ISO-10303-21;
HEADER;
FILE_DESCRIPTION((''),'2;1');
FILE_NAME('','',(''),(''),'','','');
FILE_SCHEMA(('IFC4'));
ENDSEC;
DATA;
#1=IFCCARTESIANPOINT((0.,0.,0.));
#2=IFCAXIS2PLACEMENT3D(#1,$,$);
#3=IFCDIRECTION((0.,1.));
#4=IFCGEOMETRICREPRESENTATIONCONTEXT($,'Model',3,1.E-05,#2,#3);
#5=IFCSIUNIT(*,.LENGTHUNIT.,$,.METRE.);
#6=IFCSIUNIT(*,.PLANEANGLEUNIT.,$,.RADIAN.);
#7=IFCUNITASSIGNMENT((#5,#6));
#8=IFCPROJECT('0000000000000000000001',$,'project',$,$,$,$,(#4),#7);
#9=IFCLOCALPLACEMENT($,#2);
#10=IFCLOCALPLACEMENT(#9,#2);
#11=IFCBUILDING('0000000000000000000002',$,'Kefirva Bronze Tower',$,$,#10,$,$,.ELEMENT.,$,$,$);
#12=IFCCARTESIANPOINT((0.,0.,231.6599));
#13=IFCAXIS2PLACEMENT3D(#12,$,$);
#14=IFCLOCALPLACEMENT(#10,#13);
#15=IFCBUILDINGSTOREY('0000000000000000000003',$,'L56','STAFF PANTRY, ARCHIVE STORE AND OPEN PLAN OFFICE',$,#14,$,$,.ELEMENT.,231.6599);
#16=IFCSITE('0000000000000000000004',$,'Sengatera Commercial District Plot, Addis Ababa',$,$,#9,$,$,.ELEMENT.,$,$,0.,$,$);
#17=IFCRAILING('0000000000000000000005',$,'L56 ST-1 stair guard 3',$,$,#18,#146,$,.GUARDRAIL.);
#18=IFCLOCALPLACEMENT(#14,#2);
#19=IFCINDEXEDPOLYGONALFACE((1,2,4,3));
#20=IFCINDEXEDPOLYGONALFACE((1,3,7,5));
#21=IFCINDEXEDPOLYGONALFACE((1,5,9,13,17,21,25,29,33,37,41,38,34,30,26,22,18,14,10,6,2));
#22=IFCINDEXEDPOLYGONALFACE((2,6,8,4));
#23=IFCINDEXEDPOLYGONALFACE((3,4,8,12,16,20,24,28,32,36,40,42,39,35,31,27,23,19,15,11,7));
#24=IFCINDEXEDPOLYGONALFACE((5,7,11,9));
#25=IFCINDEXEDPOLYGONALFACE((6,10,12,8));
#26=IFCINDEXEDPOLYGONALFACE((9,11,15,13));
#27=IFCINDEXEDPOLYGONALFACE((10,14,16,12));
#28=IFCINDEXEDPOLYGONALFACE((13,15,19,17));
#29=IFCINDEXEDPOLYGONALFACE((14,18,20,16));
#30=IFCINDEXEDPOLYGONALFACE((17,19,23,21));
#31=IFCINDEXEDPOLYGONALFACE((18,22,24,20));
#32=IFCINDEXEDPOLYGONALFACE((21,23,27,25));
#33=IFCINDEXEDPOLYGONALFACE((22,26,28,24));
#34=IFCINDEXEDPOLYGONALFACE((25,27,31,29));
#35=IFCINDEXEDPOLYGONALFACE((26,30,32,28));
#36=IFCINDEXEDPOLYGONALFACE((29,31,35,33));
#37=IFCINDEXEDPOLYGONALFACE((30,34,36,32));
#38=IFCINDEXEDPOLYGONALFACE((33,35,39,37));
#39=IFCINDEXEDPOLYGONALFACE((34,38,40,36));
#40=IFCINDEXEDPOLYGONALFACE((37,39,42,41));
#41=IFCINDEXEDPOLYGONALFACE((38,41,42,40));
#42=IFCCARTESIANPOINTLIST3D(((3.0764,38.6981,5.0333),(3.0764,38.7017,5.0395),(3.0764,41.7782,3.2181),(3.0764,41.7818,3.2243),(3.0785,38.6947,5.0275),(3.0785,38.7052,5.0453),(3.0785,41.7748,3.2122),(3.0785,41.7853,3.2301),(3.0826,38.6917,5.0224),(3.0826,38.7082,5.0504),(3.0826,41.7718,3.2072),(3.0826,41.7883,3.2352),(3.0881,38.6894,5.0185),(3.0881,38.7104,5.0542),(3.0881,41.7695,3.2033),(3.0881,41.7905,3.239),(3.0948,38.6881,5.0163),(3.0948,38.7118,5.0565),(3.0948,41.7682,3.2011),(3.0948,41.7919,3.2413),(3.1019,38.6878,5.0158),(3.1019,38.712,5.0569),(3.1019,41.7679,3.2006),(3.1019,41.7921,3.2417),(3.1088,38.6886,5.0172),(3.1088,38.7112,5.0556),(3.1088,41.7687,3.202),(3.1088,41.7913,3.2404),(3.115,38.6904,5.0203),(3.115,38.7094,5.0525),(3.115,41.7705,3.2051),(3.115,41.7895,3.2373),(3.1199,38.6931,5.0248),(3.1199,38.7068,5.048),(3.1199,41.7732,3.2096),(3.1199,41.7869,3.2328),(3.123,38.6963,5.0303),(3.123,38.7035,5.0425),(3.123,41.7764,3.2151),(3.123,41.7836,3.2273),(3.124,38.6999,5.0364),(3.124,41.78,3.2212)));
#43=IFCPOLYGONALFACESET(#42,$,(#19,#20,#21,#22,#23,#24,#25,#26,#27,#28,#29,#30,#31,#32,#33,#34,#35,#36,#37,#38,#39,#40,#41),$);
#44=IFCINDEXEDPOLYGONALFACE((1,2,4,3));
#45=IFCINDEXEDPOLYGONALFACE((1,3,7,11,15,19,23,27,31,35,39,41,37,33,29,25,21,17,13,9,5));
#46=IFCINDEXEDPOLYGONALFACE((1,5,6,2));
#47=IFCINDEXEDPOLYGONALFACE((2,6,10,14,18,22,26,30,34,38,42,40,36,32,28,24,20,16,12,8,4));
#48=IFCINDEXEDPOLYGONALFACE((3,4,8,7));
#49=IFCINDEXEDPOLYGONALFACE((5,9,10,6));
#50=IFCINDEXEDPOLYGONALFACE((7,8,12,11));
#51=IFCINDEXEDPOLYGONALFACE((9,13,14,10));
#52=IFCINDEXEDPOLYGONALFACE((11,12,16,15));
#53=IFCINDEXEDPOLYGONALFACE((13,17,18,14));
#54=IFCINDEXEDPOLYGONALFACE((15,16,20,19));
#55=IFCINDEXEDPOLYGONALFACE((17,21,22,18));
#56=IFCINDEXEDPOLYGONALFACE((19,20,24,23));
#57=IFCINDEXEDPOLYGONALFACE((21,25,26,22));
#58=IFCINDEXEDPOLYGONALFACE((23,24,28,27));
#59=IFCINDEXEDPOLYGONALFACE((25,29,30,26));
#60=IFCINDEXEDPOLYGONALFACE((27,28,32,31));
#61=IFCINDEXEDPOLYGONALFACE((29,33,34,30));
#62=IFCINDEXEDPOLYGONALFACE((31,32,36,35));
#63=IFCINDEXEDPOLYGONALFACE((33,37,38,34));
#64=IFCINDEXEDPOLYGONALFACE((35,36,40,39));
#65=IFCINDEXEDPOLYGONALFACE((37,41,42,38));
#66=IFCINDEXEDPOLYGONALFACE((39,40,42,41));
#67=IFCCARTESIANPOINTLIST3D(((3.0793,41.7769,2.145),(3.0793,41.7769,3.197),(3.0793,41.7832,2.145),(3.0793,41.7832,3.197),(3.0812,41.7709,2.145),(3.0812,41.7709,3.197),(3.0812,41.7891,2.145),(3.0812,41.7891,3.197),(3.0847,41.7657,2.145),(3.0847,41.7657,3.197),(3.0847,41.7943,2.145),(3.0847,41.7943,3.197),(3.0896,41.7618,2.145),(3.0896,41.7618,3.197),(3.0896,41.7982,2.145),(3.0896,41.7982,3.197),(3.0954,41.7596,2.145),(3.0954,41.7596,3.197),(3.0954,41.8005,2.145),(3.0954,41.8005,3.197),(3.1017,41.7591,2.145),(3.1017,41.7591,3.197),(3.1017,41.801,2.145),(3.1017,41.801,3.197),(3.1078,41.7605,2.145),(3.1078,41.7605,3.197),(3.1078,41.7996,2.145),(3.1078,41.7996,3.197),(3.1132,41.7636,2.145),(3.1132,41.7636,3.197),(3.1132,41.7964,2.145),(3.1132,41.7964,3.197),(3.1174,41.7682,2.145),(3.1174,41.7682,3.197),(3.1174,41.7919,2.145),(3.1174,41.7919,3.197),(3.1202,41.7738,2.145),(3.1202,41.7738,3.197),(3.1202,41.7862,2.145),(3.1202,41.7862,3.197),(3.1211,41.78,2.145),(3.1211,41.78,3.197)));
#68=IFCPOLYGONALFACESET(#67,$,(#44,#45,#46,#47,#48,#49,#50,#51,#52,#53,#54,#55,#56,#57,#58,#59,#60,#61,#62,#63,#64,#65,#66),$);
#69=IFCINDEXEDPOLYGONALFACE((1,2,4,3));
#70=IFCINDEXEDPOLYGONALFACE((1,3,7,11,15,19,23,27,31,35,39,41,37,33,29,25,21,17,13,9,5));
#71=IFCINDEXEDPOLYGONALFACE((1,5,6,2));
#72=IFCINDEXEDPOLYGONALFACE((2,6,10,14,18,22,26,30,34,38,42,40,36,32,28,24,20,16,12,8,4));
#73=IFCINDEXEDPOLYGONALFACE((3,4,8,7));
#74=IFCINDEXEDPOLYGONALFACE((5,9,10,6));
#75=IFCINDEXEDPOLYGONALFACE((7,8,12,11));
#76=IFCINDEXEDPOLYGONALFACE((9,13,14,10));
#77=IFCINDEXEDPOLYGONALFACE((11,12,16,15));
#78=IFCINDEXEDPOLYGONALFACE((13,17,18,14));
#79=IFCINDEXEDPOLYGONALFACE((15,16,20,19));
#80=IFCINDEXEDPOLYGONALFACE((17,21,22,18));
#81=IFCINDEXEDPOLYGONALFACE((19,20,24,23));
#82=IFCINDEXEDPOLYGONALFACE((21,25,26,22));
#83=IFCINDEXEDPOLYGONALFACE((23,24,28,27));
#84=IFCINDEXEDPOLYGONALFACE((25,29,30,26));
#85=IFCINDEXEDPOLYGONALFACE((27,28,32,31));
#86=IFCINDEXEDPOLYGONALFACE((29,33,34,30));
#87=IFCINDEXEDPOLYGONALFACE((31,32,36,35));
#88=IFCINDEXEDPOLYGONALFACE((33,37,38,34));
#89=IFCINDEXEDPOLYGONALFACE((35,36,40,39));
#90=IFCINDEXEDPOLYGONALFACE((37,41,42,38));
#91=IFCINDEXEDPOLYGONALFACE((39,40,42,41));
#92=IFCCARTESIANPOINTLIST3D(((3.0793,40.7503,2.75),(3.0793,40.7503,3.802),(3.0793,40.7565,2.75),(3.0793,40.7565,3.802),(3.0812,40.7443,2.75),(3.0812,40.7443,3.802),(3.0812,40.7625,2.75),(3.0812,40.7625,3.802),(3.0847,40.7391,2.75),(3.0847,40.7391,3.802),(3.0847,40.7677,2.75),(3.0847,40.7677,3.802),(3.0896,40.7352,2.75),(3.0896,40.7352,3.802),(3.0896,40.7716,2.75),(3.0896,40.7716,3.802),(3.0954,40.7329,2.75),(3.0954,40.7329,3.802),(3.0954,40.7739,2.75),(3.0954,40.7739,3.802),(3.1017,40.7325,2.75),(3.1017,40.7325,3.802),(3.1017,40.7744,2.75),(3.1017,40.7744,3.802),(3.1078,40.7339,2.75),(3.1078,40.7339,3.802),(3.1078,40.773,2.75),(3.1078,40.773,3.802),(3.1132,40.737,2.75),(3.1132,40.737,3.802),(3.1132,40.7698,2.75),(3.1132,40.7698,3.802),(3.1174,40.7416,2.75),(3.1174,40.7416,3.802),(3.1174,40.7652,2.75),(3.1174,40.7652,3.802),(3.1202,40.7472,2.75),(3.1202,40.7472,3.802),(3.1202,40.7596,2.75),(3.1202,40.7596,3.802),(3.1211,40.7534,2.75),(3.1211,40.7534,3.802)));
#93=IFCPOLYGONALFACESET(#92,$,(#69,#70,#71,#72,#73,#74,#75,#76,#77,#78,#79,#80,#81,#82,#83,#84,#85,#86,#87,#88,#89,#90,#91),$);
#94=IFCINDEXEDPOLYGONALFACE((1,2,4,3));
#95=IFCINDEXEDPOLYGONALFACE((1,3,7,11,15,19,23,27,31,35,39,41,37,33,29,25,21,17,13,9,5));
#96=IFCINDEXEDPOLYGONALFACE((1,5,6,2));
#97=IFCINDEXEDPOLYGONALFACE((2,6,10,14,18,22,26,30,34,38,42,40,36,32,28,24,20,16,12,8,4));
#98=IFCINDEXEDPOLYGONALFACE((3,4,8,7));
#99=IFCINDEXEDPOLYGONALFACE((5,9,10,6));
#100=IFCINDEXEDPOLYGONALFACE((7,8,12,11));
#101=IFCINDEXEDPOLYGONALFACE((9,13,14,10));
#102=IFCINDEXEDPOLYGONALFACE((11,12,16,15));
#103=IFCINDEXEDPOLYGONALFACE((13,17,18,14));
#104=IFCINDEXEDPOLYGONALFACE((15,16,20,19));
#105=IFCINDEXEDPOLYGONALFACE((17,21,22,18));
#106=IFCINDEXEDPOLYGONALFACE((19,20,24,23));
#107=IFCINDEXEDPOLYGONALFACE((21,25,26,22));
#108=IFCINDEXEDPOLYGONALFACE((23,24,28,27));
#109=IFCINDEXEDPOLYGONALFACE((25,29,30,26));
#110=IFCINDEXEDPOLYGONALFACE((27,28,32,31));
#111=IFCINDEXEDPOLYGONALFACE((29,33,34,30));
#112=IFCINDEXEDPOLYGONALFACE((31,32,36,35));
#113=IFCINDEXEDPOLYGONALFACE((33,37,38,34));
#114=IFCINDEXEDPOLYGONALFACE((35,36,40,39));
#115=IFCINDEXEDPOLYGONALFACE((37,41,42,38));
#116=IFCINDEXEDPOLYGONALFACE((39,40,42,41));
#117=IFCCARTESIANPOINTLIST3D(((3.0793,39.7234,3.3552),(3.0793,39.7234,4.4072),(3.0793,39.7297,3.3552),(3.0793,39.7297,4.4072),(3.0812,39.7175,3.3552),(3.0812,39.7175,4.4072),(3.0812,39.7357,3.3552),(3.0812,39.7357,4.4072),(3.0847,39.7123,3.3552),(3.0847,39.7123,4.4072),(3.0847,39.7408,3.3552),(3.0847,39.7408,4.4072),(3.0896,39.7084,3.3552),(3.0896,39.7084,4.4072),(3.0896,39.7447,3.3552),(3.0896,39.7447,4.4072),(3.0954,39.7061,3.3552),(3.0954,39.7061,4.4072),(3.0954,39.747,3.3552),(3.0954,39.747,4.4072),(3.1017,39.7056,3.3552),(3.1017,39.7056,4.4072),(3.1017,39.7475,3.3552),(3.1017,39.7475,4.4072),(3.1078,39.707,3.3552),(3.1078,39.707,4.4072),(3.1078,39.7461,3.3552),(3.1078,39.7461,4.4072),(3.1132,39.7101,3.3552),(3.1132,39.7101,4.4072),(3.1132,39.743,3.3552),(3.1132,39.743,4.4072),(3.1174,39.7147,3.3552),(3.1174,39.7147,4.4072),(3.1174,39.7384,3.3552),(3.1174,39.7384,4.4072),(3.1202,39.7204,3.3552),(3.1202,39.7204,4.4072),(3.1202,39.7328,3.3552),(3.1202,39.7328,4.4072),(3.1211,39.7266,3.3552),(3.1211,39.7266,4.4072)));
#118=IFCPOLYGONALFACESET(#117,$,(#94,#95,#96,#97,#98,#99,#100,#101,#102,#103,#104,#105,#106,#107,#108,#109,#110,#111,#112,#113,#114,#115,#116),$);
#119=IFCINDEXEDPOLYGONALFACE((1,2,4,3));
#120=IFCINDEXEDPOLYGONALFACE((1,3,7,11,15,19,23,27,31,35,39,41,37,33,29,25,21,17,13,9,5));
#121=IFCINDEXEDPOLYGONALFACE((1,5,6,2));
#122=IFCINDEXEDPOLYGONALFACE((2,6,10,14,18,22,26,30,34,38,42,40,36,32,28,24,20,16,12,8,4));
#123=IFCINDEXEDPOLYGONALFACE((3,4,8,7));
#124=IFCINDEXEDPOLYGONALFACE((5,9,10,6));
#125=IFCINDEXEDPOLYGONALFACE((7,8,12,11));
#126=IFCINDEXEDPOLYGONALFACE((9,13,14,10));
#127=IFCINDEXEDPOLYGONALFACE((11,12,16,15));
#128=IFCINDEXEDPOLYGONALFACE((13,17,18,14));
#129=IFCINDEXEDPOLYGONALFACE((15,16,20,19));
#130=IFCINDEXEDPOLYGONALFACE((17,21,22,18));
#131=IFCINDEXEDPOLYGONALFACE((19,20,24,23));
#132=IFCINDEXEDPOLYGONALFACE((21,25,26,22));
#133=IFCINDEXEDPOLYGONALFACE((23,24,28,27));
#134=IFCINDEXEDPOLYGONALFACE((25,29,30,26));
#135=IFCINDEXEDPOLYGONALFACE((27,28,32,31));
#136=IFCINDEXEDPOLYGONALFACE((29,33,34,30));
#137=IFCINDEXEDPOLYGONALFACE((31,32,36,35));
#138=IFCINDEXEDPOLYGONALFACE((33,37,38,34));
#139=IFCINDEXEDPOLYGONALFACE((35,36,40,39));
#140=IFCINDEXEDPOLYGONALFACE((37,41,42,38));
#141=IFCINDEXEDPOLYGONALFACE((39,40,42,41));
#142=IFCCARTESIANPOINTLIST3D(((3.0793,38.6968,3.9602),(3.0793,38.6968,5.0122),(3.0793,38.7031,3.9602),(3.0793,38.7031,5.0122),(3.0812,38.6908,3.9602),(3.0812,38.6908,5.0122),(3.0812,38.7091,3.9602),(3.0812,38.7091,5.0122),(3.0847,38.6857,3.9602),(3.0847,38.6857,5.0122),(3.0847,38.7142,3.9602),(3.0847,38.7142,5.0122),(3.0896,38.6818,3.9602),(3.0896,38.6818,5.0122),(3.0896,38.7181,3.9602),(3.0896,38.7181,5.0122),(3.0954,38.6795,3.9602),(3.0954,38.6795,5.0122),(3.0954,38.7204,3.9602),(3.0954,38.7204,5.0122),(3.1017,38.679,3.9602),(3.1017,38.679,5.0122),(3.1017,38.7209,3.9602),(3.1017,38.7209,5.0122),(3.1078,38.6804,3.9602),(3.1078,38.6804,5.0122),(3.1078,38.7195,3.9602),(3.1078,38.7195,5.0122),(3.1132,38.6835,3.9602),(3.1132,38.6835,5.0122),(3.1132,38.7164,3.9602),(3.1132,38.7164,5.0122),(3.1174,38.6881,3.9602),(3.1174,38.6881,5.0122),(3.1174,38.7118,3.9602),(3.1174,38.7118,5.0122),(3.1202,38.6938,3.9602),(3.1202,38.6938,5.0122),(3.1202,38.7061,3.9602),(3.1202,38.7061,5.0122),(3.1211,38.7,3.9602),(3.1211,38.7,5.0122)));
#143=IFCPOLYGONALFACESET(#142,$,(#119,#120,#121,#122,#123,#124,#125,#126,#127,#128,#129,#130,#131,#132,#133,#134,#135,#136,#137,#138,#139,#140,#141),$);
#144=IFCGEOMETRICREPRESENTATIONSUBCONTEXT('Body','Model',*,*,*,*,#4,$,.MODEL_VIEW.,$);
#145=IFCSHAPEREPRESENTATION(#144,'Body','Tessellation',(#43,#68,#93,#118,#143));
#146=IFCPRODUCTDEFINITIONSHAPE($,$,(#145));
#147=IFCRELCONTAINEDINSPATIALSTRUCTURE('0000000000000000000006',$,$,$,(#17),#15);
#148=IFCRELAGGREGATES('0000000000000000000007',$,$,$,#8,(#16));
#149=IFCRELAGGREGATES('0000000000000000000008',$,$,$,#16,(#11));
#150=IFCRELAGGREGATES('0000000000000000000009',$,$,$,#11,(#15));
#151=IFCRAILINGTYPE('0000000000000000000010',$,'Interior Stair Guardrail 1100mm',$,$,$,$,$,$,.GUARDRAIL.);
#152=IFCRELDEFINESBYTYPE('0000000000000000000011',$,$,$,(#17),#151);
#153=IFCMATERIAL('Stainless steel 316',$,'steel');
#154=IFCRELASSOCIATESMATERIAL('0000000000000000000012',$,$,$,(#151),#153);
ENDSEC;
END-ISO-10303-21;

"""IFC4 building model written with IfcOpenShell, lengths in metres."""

from ifc_helpers import new_model, si_unit, direction, frame, origin, origin_2d, place, context, subcontext, project, spatial, circle, extrude, material, type_object, element, save


model = new_model("IFC4")

# Units and contexts
model_context = context("Model", 3, precision=1e-05, world=origin(), true_north=direction((0.0, 1.0)))
body_context = subcontext(model_context, "Body", "Model", "MODEL_VIEW")
ifc_project = project(units=[si_unit("LENGTHUNIT", "METRE"), si_unit("PLANEANGLEUNIT", "RADIAN")], contexts=[model_context])

# Site, building, storey
site_placement = place(None, origin())
site = spatial("IfcSite", under=ifc_project, at=site_placement, Name="Sengatera Commercial District Plot, Addis Ababa", CompositionType="ELEMENT", RefElevation=0.0)
building_placement = place(site_placement, origin())
building = spatial("IfcBuilding", under=site, at=building_placement, Name="Kefirva Bronze Tower", CompositionType="ELEMENT")
storey_placement = place(building_placement, frame((0.0, 0.0, 231.6599)))
storey = spatial("IfcBuildingStorey", under=building, at=storey_placement, Name="L56", Description="STAFF PANTRY, ARCHIVE STORE AND OPEN PLAN OFFICE", CompositionType="ELEMENT", Elevation=231.6599)

# Railing
ifc_material_1 = material(Name="Stainless steel 316", Category="steel")
railing_type_1 = type_object("IfcRailingType", Name="Interior Stair Guardrail 1100mm", PredefinedType="GUARDRAIL", material=ifc_material_1)
railing_1_placement = place(storey_placement, frame((3.1001, 41.78, 2.145)))
element("IfcRailing", 1, at=railing_1_placement, inside=storey, type_object=railing_type_1, Name="L56 ST-1 stair guard 3", PredefinedType="GUARDRAIL", context=body_context, shape_type="SweptSolid", body=[
    extrude(circle(Radius=0.0239, at=origin_2d()), frame((0.0, 0.0, 1.0762), z_axis=(0.0, -0.861521, 0.507721), x_axis=(1.0, 0.0, 0.0)), (0.0, 0.0, 1.0), 3.5752),
    extrude(circle(Radius=0.021, at=origin_2d()), origin(), (0.0, 0.0, 1.0), 1.052),
    extrude(circle(Radius=0.021, at=origin_2d()), frame((0.0, -1.0266, 0.605)), (0.0, 0.0, 1.0), 1.052),
    extrude(circle(Radius=0.021, at=origin_2d()), frame((0.0, -2.0535, 1.2102)), (0.0, 0.0, 1.0), 1.052),
    extrude(circle(Radius=0.021, at=origin_2d()), frame((0.0, -3.0801, 1.8152)), (0.0, 0.0, 1.0), 1.052),
])

save(model, "model.ifc")
